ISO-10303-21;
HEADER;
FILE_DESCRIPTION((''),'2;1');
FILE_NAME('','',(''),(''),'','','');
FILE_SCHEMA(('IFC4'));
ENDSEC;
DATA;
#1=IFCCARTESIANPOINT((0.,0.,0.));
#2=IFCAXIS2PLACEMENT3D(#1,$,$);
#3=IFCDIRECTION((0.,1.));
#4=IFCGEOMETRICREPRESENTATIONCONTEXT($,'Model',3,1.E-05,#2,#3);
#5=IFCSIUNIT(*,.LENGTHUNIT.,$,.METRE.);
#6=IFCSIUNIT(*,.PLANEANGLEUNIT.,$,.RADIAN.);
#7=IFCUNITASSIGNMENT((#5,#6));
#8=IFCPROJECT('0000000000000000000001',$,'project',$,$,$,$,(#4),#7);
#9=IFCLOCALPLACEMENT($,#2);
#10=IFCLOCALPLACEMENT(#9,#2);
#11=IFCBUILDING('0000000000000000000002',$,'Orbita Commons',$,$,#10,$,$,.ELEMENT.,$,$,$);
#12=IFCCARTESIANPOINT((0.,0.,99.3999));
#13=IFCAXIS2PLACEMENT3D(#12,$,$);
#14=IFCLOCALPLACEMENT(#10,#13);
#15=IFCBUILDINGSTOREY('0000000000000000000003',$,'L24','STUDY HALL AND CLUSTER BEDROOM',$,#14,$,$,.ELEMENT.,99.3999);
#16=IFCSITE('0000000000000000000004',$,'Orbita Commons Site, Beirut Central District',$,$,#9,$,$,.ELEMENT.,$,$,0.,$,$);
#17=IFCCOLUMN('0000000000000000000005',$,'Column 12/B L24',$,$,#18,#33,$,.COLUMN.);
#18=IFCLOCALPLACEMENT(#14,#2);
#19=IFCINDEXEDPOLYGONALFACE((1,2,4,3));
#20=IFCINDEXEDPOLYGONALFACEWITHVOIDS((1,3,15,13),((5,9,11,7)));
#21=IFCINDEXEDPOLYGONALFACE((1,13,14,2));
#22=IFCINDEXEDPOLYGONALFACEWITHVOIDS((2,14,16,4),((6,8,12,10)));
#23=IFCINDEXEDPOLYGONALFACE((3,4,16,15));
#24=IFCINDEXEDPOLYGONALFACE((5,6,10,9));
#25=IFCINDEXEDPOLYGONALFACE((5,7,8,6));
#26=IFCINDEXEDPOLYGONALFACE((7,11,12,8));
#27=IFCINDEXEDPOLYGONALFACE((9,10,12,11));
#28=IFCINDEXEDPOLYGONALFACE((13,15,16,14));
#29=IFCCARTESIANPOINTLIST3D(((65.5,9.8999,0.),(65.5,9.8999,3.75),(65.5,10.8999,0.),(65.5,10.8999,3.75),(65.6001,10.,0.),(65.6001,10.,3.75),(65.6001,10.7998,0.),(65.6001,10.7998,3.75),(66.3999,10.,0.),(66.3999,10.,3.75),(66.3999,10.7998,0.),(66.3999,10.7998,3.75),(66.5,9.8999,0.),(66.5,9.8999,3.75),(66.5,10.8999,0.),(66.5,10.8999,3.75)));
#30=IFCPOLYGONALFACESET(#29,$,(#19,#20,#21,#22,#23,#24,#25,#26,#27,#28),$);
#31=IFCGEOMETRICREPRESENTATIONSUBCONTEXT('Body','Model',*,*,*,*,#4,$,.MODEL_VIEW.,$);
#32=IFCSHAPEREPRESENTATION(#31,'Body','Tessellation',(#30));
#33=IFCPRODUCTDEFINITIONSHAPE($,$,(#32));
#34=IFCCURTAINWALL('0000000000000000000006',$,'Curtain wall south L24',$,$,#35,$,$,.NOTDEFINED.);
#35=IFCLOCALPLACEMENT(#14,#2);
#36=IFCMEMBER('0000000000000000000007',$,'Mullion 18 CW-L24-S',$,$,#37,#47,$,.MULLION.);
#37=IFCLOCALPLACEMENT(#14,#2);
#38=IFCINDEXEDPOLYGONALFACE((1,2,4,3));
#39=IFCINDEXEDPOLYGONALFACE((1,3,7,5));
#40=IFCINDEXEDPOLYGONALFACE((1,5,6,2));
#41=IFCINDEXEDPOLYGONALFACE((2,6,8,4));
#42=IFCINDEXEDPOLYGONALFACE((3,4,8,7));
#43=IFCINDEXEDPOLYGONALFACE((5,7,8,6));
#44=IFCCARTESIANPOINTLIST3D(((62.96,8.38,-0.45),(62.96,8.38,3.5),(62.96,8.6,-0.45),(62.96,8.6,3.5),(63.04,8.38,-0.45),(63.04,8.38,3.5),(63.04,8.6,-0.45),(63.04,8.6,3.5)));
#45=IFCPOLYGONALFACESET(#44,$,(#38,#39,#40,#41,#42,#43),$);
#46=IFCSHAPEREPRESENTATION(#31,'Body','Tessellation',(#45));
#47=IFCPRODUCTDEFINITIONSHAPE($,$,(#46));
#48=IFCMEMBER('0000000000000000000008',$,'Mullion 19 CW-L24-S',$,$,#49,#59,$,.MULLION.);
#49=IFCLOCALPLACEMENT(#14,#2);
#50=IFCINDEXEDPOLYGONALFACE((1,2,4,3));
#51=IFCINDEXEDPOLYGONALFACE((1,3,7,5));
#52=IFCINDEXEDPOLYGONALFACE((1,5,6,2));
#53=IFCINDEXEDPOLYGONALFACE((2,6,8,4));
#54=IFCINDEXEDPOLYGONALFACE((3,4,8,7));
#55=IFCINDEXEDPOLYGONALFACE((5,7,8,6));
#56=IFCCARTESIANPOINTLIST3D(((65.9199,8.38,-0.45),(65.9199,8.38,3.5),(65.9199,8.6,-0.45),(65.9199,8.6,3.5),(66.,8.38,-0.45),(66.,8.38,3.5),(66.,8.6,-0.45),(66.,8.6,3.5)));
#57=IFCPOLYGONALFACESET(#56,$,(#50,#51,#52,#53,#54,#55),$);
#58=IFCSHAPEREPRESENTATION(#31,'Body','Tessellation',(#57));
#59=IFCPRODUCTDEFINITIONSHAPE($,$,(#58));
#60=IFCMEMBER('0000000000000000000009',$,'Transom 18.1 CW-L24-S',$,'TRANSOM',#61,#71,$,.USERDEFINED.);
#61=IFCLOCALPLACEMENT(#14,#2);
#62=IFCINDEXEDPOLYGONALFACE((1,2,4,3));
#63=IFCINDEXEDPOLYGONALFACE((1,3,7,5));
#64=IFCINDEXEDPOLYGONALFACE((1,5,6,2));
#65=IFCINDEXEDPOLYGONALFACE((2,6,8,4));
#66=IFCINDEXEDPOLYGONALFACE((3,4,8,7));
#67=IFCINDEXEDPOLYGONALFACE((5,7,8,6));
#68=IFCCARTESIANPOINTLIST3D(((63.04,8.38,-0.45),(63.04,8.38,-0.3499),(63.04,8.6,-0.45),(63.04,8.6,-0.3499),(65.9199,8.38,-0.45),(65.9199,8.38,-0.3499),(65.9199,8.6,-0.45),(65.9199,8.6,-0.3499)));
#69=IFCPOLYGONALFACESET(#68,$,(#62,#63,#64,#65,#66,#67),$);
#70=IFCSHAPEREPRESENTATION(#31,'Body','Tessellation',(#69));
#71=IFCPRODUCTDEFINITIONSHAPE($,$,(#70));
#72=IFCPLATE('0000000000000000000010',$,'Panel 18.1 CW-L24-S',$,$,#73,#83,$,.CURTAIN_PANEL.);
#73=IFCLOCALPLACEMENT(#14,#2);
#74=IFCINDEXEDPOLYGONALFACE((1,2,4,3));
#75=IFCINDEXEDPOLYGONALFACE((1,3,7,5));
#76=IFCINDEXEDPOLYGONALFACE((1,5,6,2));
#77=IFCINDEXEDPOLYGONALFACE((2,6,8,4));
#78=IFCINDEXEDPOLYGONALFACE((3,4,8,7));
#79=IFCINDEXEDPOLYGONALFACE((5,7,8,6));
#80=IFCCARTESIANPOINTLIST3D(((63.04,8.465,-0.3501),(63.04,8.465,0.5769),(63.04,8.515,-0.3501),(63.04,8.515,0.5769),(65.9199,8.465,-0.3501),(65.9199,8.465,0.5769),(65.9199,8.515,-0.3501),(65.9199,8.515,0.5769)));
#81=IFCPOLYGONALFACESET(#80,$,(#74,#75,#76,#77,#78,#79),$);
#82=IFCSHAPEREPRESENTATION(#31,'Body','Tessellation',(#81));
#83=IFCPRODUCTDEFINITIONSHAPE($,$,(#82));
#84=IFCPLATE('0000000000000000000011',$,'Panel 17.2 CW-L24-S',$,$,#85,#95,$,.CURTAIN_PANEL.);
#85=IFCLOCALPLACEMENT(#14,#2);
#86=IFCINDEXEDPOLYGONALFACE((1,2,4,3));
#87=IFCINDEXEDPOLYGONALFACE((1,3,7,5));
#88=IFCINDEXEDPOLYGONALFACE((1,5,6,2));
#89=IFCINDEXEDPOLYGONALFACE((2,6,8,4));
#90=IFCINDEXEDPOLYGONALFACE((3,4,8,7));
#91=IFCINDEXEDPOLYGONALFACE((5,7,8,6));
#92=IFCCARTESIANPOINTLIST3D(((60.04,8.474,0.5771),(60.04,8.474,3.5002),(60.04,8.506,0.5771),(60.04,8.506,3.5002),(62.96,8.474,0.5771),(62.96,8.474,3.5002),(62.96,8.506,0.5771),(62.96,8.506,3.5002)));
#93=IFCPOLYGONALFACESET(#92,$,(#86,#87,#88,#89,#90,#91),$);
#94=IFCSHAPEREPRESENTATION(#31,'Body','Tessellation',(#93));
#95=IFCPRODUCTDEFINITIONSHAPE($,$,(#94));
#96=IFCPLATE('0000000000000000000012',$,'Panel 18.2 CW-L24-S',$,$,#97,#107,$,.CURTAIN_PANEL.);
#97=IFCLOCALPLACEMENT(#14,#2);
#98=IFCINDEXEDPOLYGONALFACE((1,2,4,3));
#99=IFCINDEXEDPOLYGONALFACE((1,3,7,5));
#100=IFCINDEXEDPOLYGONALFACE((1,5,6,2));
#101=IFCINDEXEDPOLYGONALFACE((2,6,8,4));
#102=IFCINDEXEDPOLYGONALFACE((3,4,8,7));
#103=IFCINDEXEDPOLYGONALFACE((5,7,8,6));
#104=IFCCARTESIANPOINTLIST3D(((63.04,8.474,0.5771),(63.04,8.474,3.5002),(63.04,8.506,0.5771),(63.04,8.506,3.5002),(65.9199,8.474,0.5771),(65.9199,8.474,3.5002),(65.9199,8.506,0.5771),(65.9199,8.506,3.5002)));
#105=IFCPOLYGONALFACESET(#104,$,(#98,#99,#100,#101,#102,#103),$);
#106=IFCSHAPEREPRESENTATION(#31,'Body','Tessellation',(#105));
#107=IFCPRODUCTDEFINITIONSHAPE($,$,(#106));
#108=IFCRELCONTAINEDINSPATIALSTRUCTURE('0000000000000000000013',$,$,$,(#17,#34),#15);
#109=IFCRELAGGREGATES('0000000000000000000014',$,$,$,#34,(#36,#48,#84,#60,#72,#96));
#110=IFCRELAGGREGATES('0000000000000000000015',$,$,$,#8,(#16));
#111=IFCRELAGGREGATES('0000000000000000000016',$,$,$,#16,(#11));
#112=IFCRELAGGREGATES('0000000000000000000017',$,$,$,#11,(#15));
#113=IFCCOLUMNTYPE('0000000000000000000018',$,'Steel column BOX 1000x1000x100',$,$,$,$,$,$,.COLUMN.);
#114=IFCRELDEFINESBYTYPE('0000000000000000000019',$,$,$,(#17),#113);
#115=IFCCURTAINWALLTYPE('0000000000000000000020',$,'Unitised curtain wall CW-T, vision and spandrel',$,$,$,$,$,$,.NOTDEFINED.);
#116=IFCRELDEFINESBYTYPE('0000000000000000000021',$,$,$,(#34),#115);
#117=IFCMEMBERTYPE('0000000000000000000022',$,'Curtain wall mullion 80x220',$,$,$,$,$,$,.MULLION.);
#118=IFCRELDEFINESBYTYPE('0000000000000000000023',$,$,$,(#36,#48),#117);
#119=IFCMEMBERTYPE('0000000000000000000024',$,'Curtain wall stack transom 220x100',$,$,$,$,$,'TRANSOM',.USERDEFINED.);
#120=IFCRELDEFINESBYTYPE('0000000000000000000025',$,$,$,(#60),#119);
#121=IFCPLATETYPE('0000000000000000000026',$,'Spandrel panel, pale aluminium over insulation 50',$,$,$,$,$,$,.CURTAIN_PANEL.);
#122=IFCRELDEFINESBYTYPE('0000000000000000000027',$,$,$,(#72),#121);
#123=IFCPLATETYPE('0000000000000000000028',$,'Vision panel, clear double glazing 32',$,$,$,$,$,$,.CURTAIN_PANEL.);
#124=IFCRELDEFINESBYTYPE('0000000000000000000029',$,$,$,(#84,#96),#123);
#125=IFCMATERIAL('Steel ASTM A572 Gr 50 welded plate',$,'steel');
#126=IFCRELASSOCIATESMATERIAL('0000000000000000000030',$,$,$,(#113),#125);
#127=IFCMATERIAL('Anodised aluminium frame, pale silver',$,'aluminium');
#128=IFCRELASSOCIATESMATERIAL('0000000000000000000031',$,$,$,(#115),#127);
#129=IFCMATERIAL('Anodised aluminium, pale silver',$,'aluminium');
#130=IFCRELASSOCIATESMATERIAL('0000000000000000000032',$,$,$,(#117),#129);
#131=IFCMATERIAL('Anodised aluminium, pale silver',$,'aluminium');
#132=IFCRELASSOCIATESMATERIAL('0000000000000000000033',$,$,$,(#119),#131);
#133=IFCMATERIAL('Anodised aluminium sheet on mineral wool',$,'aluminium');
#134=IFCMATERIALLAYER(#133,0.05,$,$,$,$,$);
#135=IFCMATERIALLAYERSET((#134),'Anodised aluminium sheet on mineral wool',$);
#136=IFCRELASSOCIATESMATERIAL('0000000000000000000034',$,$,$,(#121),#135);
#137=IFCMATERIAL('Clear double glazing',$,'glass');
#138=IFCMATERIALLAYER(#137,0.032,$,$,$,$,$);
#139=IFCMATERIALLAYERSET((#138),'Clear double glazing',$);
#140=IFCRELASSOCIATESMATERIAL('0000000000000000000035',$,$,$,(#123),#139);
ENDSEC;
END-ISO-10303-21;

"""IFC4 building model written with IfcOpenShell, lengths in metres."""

from ifc_helpers import new_model, si_unit, direction, frame, origin, origin_2d, place, context, subcontext, project, spatial, rectangle, hollow_rectangle, extrude, material, layer, layer_set, material_profile, profile_set, type_object, element, aggregate, save


model = new_model("IFC4")

# Units and contexts
model_context = context("Model", 3, precision=1e-05, world=origin(), true_north=direction((0.0, 1.0)))
body_context = subcontext(model_context, "Body", "Model", "MODEL_VIEW")
ifc_project = project(units=[si_unit("LENGTHUNIT", "METRE"), si_unit("PLANEANGLEUNIT", "RADIAN")], contexts=[model_context])

# Site, building, storey
site_placement = place(None, origin())
site = spatial("IfcSite", under=ifc_project, at=site_placement, Name="Orbita Commons Site, Beirut Central District", CompositionType="ELEMENT", RefElevation=0.0)
building_placement = place(site_placement, origin())
building = spatial("IfcBuilding", under=site, at=building_placement, Name="Orbita Commons", CompositionType="ELEMENT")
storey_placement = place(building_placement, frame((0.0, 0.0, 99.3999)))
storey = spatial("IfcBuildingStorey", under=building, at=storey_placement, Name="L24", Description="STUDY HALL AND CLUSTER BEDROOM", CompositionType="ELEMENT", Elevation=99.3999)

# Column
ifc_material_1 = material(Name="Steel ASTM A572 Gr 50 welded plate", Category="steel")
ifc_material_profile_1 = material_profile(ifc_material_1, hollow_rectangle(XDim=1.0, YDim=1.0, WallThickness=0.1001, at=origin_2d()), Name="BOX 1000x1000x100")
ifc_profile_set_1 = profile_set([ifc_material_profile_1], Name="Steel ASTM A572 Gr 50 welded plate")
column_type = type_object("IfcColumnType", Name="Steel column BOX 1000x1000x100", PredefinedType="COLUMN", material=ifc_profile_set_1)
column_placement = place(storey_placement, frame((66.0, 10.3999, 0.0), z_axis=(0.0, 0.0, 1.0), x_axis=(1.0, 0.0, 0.0)))
element("IfcColumn", 1, at=column_placement, inside=storey, type_object=column_type, Name="Column 12/B L24", PredefinedType="COLUMN", context=body_context, shape_type="SweptSolid", body=[
    extrude(hollow_rectangle(XDim=1.0, YDim=1.0, WallThickness=0.1001, at=origin_2d()), origin(), (0.0, 0.0, 1.0), 3.75),
])

# Curtain wall, members, plates
ifc_material_2 = material(Name="Anodised aluminium frame, pale silver", Category="aluminium")
curtain_wall_type = type_object("IfcCurtainWallType", Name="Unitised curtain wall CW-T, vision and spandrel", PredefinedType="NOTDEFINED", material=ifc_material_2)
curtain_wall_placement = place(storey_placement, origin())
curtain_wall = element("IfcCurtainWall", 2, at=curtain_wall_placement, inside=storey, type_object=curtain_wall_type, Name="Curtain wall south L24", PredefinedType="NOTDEFINED")
ifc_material_3 = material(Name="Anodised aluminium, pale silver", Category="aluminium")
ifc_material_profile_2 = material_profile(ifc_material_3, rectangle(XDim=0.0801, YDim=0.22, at=origin_2d()), Name="AL 80x220")
ifc_profile_set_2 = profile_set([ifc_material_profile_2], Name="Anodised aluminium, pale silver")
member_type_1 = type_object("IfcMemberType", Name="Curtain wall mullion 80x220", PredefinedType="MULLION", material=ifc_profile_set_2)
member_1_placement = place(storey_placement, frame((63.0, 8.49, -0.45), z_axis=(0.0, 0.0, 1.0), x_axis=(1.0, 0.0, 0.0)))
member_1 = element("IfcMember", 3, at=member_1_placement, type_object=member_type_1, Name="Mullion 18 CW-L24-S", PredefinedType="MULLION", context=body_context, shape_type="SweptSolid", body=[
    extrude(rectangle(XDim=0.0801, YDim=0.22, at=origin_2d()), origin(), (0.0, 0.0, 1.0), 3.95),
])
member_2_placement = place(storey_placement, frame((65.96, 8.49, -0.45), z_axis=(0.0, 0.0, 1.0), x_axis=(1.0, 0.0, 0.0)))
member_2 = element("IfcMember", 4, at=member_2_placement, type_object=member_type_1, Name="Mullion 19 CW-L24-S", PredefinedType="MULLION", context=body_context, shape_type="SweptSolid", body=[
    extrude(rectangle(XDim=0.0801, YDim=0.22, at=origin_2d()), origin(), (0.0, 0.0, 1.0), 3.95),
])
ifc_material_4 = material(Name="Anodised aluminium, pale silver", Category="aluminium")
ifc_material_profile_3 = material_profile(ifc_material_4, rectangle(XDim=0.22, YDim=0.1001, at=origin_2d()), Name="AL 220x100")
ifc_profile_set_3 = profile_set([ifc_material_profile_3], Name="Anodised aluminium, pale silver")
member_type_2 = type_object("IfcMemberType", Name="Curtain wall stack transom 220x100", ElementType="TRANSOM", PredefinedType="USERDEFINED", material=ifc_profile_set_3)
member_3_placement = place(storey_placement, frame((63.04, 8.49, -0.3999), z_axis=(1.0, 0.0, 0.0), x_axis=(0.0, 1.0, 0.0)))
member_3 = element("IfcMember", 5, at=member_3_placement, type_object=member_type_2, Name="Transom 18.1 CW-L24-S", ObjectType="TRANSOM", PredefinedType="USERDEFINED", context=body_context, shape_type="SweptSolid", body=[
    extrude(rectangle(XDim=0.22, YDim=0.1001, at=origin_2d()), origin(), (0.0, 0.0, 1.0), 2.8799),
])
ifc_material_5 = material(Name="Anodised aluminium sheet on mineral wool", Category="aluminium")
ifc_layer_1 = layer(ifc_material_5, 0.05)
ifc_layer_set_1 = layer_set([ifc_layer_1], Name="Anodised aluminium sheet on mineral wool")
plate_type_1 = type_object("IfcPlateType", Name="Spandrel panel, pale aluminium over insulation 50", PredefinedType="CURTAIN_PANEL", material=ifc_layer_set_1)
plate_1_placement = place(storey_placement, frame((64.48, 8.49, -0.3501), z_axis=(0.0, 0.0, 1.0), x_axis=(1.0, 0.0, 0.0)))
plate_1 = element("IfcPlate", 6, at=plate_1_placement, type_object=plate_type_1, Name="Panel 18.1 CW-L24-S", PredefinedType="CURTAIN_PANEL", context=body_context, shape_type="SweptSolid", body=[
    extrude(rectangle(XDim=2.8799, YDim=0.05, at=origin_2d()), origin(), (0.0, 0.0, 1.0), 0.927),
])
ifc_material_6 = material(Name="Clear double glazing", Category="glass")
ifc_layer_2 = layer(ifc_material_6, 0.032)
ifc_layer_set_2 = layer_set([ifc_layer_2], Name="Clear double glazing")
plate_type_2 = type_object("IfcPlateType", Name="Vision panel, clear double glazing 32", PredefinedType="CURTAIN_PANEL", material=ifc_layer_set_2)
plate_2_placement = place(storey_placement, frame((61.5, 8.49, 0.5771), z_axis=(0.0, 0.0, 1.0), x_axis=(1.0, 0.0, 0.0)))
plate_2 = element("IfcPlate", 7, at=plate_2_placement, type_object=plate_type_2, Name="Panel 17.2 CW-L24-S", PredefinedType="CURTAIN_PANEL", context=body_context, shape_type="SweptSolid", body=[
    extrude(rectangle(XDim=2.9199, YDim=0.032, at=origin_2d()), origin(), (0.0, 0.0, 1.0), 2.9231),
])
plate_3_placement = place(storey_placement, frame((64.48, 8.49, 0.5771), z_axis=(0.0, 0.0, 1.0), x_axis=(1.0, 0.0, 0.0)))
plate_3 = element("IfcPlate", 8, at=plate_3_placement, type_object=plate_type_2, Name="Panel 18.2 CW-L24-S", PredefinedType="CURTAIN_PANEL", context=body_context, shape_type="SweptSolid", body=[
    extrude(rectangle(XDim=2.8799, YDim=0.032, at=origin_2d()), origin(), (0.0, 0.0, 1.0), 2.9231),
])
aggregate(curtain_wall, [member_1, member_2, plate_2, member_3, plate_1, plate_3])

save(model, "model.ifc")
